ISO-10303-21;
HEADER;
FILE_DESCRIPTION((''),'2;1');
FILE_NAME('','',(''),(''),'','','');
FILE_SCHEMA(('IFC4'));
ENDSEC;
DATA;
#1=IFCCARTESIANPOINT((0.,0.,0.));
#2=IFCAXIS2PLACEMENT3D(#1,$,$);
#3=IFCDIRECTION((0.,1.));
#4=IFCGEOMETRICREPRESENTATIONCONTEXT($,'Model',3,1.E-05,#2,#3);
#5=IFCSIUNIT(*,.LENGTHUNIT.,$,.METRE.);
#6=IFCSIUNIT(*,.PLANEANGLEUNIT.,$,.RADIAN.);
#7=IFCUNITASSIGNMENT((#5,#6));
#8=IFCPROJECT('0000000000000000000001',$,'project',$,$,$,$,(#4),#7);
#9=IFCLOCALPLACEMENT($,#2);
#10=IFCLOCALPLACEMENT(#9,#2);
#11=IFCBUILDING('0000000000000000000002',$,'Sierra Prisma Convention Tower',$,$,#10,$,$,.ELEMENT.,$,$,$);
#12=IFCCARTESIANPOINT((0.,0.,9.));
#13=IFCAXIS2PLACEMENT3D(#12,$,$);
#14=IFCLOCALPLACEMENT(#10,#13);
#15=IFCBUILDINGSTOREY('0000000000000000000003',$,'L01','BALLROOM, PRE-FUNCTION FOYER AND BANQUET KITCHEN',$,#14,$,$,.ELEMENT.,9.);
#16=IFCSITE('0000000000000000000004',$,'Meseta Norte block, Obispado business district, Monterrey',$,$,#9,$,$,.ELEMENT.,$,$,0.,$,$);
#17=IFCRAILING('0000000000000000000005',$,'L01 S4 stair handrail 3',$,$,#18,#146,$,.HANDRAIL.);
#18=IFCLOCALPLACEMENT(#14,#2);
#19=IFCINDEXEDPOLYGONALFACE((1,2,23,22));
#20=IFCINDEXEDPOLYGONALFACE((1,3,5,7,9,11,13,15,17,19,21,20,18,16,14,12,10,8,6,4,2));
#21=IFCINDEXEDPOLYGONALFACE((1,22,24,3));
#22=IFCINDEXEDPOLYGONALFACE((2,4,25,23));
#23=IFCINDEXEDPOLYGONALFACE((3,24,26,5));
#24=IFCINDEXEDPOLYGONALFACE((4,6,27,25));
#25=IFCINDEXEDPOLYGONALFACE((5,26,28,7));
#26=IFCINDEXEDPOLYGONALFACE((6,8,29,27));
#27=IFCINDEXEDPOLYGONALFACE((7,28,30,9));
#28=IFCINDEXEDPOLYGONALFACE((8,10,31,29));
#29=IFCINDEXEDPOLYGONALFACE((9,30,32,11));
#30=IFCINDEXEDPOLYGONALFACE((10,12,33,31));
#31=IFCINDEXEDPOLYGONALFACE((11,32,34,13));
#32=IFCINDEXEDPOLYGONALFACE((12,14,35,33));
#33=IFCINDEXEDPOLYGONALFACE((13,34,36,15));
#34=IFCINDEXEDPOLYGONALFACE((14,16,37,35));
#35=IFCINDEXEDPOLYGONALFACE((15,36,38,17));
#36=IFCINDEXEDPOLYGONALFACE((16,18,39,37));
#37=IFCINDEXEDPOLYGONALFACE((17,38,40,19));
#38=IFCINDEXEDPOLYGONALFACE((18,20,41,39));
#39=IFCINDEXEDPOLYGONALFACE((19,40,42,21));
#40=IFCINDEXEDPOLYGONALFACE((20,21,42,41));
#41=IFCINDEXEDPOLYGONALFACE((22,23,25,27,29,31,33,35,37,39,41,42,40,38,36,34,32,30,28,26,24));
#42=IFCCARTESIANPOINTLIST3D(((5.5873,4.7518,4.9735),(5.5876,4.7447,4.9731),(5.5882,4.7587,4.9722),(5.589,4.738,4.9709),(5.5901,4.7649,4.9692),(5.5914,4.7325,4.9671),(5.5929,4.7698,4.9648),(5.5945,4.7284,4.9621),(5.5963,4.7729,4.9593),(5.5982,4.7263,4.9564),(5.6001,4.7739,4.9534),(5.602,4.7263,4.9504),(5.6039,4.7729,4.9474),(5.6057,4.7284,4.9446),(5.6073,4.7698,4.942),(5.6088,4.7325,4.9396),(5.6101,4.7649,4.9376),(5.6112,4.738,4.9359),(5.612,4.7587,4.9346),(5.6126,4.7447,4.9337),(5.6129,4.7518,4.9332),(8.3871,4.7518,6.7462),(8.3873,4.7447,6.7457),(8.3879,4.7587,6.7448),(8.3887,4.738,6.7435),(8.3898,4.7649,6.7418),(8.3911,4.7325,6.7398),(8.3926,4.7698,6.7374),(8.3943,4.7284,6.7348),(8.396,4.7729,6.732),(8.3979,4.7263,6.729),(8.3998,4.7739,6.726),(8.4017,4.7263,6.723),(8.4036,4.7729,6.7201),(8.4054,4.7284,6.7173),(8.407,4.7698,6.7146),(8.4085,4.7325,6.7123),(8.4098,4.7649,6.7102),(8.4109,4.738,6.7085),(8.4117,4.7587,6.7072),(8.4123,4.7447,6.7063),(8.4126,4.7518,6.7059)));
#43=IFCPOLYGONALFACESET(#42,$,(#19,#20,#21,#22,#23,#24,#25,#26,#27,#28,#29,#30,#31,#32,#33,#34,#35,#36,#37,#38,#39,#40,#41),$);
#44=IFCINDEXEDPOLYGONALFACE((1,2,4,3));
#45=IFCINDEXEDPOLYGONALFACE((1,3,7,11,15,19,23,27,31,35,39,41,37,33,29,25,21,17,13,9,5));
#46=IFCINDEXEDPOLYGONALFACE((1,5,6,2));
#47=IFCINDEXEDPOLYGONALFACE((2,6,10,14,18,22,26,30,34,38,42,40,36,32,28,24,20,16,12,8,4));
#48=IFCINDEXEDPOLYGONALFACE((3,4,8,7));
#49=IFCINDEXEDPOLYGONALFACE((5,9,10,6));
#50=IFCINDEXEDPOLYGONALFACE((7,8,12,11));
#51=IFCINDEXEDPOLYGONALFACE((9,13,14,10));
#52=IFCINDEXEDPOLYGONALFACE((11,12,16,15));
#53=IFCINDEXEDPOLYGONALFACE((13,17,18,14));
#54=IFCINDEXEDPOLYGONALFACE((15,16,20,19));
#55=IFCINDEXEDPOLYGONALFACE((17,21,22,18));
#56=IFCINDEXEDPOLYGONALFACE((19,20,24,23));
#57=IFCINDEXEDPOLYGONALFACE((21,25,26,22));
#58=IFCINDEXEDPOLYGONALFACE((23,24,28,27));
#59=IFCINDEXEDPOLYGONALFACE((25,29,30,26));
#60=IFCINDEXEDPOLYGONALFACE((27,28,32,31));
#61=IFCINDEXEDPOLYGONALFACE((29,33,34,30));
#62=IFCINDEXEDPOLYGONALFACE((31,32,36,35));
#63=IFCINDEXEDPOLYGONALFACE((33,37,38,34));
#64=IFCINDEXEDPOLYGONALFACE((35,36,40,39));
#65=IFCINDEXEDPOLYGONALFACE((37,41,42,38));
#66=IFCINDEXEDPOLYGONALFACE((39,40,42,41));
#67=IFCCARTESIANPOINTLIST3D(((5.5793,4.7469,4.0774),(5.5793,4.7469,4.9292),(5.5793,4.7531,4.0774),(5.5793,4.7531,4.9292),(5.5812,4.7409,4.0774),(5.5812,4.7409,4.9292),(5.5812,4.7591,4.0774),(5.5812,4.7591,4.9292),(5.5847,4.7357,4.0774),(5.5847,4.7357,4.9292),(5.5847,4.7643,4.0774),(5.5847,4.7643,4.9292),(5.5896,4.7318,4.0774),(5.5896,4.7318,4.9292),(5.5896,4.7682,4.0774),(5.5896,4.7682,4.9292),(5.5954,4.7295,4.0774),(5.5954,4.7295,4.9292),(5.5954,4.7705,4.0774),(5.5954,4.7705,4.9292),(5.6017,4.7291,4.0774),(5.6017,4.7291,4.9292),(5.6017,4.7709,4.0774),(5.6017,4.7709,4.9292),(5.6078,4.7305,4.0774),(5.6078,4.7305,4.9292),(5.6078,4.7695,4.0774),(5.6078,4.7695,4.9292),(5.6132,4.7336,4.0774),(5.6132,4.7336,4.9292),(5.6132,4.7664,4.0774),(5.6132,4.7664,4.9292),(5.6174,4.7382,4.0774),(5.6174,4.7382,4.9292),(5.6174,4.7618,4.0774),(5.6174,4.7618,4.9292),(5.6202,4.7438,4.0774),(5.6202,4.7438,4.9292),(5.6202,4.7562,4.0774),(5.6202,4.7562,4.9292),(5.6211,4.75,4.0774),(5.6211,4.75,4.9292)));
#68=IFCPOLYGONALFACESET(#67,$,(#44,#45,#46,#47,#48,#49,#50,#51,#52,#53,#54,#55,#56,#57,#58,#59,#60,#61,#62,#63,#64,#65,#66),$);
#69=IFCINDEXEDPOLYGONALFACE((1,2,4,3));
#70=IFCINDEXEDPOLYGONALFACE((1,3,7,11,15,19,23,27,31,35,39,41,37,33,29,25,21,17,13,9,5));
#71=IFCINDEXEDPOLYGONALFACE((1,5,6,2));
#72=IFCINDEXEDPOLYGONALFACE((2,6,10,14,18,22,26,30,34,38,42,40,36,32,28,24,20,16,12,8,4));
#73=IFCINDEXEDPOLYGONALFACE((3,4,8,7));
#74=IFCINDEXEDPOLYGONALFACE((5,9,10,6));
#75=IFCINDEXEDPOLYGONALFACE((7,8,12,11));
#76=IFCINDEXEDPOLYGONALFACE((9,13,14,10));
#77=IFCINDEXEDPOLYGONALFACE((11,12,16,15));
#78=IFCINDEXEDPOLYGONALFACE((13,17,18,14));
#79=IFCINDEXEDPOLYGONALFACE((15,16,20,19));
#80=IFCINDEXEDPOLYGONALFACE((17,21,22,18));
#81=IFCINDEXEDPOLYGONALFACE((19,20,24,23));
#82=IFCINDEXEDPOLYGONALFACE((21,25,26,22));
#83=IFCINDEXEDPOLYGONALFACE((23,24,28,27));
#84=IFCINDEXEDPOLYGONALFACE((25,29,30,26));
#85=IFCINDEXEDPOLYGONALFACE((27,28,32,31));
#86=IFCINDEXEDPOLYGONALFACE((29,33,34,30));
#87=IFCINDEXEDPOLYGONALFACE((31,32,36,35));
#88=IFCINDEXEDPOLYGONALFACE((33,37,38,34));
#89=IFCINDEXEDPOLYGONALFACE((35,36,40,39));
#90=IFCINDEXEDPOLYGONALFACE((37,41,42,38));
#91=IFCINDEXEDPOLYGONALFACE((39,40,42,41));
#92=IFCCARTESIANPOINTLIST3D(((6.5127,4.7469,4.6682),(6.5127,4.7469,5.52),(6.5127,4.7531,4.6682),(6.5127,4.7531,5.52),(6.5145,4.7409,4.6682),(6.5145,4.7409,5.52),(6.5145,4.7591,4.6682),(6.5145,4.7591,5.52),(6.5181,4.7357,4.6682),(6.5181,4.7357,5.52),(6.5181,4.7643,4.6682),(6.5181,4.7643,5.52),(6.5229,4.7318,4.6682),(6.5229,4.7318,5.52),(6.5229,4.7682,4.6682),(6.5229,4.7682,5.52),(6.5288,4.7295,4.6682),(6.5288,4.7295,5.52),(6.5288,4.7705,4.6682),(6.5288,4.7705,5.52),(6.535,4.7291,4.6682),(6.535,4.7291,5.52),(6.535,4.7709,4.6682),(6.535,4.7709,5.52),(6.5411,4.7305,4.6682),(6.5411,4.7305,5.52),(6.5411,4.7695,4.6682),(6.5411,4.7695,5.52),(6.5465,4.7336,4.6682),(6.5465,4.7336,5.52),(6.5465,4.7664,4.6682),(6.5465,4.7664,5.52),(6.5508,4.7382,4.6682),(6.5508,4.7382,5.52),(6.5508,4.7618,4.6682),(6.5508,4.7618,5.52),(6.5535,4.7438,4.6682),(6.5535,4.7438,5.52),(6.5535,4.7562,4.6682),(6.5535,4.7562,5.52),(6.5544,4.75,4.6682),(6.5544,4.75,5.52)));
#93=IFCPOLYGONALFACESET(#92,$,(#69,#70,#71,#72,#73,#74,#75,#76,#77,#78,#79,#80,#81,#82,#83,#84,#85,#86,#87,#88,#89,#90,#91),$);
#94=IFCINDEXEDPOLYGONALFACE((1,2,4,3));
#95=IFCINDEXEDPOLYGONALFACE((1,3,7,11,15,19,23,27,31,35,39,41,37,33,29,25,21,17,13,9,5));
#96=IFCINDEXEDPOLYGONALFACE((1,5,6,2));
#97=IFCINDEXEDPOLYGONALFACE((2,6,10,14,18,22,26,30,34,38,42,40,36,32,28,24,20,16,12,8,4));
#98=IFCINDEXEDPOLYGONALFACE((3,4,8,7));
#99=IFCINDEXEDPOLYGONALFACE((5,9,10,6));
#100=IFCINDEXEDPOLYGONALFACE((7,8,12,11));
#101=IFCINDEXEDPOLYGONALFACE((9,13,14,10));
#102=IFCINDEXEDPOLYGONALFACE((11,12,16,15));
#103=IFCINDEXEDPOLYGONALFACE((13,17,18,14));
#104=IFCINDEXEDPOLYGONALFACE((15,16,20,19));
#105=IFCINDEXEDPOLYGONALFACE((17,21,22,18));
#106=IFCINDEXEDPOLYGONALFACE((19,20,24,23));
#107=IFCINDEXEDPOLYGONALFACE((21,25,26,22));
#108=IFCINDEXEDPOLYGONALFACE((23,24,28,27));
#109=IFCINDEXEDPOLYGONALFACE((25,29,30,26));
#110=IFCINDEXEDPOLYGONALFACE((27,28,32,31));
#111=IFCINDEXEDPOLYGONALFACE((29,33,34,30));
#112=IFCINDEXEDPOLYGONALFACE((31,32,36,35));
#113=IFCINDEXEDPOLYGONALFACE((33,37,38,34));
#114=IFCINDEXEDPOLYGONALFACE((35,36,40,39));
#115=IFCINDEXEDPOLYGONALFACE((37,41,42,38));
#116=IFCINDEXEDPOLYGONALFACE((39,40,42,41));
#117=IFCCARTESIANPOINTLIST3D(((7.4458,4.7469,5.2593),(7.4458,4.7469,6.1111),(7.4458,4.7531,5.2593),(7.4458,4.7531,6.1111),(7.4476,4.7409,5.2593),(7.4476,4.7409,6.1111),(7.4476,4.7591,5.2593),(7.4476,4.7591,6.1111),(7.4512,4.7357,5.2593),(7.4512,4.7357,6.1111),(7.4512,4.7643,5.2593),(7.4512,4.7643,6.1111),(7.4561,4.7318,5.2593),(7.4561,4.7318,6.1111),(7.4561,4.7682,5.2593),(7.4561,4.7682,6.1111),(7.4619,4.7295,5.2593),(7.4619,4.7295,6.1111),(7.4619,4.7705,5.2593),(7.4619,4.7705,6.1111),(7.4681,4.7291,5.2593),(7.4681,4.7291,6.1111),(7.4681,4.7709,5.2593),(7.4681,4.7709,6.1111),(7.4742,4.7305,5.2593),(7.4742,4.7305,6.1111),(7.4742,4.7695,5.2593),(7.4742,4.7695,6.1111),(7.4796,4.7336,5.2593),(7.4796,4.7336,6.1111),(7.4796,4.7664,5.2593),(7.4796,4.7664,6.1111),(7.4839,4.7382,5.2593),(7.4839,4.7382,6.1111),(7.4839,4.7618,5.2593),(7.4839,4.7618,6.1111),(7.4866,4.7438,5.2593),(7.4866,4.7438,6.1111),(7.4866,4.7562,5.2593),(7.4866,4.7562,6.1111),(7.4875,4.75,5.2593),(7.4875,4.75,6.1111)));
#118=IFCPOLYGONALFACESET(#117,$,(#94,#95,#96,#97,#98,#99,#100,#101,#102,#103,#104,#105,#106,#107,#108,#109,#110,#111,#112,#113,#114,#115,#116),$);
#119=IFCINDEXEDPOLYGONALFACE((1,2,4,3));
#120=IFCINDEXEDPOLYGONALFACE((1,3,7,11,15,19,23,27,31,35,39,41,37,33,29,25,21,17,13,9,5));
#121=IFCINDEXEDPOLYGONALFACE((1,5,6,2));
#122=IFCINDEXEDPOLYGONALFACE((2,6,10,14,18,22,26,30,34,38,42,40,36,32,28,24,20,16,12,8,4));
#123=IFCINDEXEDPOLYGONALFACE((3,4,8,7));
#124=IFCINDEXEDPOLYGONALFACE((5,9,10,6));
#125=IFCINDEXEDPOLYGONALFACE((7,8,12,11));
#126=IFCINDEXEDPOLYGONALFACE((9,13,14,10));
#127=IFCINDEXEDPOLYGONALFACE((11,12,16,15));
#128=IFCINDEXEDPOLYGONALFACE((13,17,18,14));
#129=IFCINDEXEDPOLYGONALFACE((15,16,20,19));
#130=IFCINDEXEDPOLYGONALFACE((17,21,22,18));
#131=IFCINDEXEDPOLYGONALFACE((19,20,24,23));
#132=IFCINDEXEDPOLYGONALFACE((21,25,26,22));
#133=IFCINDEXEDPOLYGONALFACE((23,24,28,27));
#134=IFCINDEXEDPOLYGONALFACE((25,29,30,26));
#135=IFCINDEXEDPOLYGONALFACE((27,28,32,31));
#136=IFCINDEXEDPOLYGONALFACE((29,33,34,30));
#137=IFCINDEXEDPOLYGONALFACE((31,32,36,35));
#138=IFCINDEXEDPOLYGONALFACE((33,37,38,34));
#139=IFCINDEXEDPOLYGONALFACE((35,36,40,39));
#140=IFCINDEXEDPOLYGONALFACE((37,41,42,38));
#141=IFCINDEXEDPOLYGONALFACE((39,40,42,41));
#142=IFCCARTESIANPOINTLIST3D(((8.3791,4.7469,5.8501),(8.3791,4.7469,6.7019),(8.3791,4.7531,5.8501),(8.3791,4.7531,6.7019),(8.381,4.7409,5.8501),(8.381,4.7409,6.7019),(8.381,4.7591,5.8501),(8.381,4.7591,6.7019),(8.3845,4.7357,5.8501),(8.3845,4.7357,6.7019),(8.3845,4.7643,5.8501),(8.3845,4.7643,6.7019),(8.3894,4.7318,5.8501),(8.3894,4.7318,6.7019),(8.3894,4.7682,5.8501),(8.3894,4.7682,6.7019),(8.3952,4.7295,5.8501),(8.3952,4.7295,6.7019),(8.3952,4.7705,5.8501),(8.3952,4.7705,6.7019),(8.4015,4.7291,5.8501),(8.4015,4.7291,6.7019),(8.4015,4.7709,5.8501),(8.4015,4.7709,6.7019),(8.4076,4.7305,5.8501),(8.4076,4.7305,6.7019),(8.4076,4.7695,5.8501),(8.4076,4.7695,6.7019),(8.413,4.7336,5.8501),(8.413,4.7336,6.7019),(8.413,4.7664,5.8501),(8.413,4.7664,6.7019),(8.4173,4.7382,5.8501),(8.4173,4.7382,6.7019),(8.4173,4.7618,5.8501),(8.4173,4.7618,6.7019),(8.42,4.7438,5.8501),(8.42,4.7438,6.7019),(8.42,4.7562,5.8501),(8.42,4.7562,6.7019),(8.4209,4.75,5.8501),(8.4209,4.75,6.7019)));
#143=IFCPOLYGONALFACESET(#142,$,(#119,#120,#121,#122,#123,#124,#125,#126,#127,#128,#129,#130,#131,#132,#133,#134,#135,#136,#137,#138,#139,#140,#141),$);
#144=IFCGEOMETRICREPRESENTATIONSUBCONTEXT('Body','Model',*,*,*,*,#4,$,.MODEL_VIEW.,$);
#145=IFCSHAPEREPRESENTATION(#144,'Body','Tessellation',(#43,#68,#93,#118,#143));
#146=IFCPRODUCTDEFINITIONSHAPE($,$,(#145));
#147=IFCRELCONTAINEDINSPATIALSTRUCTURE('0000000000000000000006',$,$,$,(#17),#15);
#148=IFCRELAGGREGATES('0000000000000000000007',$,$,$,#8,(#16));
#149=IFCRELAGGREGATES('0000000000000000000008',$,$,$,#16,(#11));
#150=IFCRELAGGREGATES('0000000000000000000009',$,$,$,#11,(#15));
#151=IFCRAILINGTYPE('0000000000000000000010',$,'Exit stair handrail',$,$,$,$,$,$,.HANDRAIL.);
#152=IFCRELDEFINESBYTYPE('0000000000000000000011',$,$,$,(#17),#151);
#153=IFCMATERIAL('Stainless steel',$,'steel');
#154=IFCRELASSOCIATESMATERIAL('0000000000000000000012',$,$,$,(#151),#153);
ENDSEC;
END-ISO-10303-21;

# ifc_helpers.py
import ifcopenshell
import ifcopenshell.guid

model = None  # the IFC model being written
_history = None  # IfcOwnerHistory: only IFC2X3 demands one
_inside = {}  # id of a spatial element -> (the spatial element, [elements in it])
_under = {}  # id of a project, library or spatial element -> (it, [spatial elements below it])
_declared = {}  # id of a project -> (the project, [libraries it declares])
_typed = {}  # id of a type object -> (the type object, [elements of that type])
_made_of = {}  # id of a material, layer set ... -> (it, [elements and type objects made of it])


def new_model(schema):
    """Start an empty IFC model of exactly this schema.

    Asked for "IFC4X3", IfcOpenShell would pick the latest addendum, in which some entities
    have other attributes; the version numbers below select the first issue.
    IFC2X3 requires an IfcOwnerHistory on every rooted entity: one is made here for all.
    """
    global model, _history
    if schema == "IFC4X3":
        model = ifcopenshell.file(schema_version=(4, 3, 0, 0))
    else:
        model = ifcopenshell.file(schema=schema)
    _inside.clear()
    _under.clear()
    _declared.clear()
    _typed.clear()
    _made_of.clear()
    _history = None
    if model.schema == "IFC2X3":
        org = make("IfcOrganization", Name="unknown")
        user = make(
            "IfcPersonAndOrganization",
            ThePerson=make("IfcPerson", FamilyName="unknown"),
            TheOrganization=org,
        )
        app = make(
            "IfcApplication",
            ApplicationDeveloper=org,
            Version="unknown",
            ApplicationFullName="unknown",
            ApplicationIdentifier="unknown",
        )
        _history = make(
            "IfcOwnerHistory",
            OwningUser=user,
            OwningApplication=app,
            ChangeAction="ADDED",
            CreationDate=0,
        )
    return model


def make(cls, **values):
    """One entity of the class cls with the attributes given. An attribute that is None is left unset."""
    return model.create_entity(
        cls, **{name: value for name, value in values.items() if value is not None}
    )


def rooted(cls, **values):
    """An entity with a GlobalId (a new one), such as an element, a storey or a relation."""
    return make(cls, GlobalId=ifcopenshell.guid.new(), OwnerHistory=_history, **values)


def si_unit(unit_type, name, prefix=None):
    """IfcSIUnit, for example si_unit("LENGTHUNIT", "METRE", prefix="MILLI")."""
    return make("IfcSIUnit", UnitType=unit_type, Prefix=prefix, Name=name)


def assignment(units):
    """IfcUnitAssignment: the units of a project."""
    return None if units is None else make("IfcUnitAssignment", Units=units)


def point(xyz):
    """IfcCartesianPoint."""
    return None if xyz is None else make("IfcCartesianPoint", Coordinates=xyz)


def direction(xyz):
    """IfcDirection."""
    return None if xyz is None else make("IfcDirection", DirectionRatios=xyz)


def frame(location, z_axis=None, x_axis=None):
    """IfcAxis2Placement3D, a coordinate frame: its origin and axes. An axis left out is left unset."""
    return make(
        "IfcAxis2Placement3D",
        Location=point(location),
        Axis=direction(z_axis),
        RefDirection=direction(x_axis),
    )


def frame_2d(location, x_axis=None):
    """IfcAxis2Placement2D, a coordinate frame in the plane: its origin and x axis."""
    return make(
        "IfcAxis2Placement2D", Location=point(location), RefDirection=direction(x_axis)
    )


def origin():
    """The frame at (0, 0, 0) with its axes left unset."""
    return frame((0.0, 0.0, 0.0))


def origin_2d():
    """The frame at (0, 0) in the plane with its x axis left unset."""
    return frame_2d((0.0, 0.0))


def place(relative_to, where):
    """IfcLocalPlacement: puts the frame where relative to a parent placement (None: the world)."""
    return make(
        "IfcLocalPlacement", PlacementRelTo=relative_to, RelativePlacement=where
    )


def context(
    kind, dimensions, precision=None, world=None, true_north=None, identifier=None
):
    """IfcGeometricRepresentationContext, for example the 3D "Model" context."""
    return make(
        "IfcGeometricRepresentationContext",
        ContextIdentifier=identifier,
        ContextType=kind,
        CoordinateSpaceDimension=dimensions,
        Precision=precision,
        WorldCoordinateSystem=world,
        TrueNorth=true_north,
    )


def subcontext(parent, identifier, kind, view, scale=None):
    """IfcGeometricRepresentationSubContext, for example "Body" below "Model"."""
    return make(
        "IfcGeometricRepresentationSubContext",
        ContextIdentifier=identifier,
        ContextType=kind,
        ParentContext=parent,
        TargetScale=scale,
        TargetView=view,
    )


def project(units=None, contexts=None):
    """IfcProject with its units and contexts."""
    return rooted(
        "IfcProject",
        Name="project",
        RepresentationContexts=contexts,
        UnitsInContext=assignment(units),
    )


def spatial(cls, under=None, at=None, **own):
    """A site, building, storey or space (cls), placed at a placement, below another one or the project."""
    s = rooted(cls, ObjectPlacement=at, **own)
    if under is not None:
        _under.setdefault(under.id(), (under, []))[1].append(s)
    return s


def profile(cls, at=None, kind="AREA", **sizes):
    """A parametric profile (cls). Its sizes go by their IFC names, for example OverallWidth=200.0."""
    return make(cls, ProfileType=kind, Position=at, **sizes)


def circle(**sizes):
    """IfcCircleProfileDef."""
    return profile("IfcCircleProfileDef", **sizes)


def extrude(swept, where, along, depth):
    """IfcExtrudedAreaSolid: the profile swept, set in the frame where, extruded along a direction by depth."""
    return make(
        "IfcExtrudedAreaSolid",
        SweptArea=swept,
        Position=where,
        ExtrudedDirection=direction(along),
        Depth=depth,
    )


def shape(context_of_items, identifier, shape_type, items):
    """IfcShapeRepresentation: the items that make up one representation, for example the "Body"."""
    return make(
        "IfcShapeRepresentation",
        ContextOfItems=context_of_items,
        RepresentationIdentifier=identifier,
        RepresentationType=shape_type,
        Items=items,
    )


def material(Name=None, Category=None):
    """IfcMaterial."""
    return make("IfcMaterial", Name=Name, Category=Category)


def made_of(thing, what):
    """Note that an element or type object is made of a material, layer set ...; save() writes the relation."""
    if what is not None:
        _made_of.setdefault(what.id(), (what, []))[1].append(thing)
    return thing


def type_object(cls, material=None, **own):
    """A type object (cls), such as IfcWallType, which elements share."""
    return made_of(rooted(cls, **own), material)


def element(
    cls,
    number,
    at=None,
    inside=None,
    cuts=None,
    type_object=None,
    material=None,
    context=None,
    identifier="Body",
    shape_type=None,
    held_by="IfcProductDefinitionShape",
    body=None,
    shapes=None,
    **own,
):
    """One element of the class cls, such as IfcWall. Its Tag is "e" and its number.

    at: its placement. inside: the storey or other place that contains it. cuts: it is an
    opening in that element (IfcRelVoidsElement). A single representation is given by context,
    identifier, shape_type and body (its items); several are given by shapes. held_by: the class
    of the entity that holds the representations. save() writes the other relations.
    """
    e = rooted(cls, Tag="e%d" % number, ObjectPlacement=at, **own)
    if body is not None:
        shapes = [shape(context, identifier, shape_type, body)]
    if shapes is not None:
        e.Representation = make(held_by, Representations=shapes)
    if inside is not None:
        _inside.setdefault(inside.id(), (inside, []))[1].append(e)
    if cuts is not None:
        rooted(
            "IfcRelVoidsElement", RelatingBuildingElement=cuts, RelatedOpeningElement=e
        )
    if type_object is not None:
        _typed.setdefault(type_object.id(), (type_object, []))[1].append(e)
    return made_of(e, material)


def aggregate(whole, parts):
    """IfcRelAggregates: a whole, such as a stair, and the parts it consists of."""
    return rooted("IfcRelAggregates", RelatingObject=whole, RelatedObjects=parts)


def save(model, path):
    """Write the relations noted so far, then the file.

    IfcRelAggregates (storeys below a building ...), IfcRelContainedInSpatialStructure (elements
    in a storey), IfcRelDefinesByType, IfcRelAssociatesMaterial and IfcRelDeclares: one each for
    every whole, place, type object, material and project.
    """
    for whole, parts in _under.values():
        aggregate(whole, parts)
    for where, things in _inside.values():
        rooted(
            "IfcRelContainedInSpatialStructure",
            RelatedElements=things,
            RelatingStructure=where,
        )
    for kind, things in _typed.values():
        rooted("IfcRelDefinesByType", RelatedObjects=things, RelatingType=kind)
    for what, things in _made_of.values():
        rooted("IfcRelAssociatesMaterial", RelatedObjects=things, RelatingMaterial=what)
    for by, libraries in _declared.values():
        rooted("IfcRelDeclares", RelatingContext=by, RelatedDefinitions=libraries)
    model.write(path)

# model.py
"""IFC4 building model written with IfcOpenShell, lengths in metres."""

from ifc_helpers import new_model, si_unit, direction, frame, origin, origin_2d, place, context, subcontext, project, spatial, circle, extrude, material, type_object, element, save


model = new_model("IFC4")

# Units and contexts
model_context = context("Model", 3, precision=1e-05, world=origin(), true_north=direction((0.0, 1.0)))
body_context = subcontext(model_context, "Body", "Model", "MODEL_VIEW")
ifc_project = project(units=[si_unit("LENGTHUNIT", "METRE"), si_unit("PLANEANGLEUNIT", "RADIAN")], contexts=[model_context])

# Site, building, storey
site_placement = place(None, origin())
site = spatial("IfcSite", under=ifc_project, at=site_placement, Name="Meseta Norte block, Obispado business district, Monterrey", CompositionType="ELEMENT", RefElevation=0.0)
building_placement = place(site_placement, origin())
building = spatial("IfcBuilding", under=site, at=building_placement, Name="Sierra Prisma Convention Tower", CompositionType="ELEMENT")
storey_placement = place(building_placement, frame((0.0, 0.0, 9.0)))
storey = spatial("IfcBuildingStorey", under=building, at=storey_placement, Name="L01", Description="BALLROOM, PRE-FUNCTION FOYER AND BANQUET KITCHEN", CompositionType="ELEMENT", Elevation=9.0)

# Railing
ifc_material_1 = material(Name="Stainless steel", Category="steel")
railing_type_1 = type_object("IfcRailingType", Name="Exit stair handrail", PredefinedType="HANDRAIL", material=ifc_material_1)
for number, where, name in (
    (1, (5.6001, 4.75, 4.0774), "L01 S4 stair handrail 3"),
):
    element("IfcRailing", number, at=place(storey_placement, frame(where)), inside=storey, type_object=railing_type_1, Name=name, PredefinedType="HANDRAIL", context=body_context, shape_type="SweptSolid", body=[
        extrude(circle(Radius=0.0239, at=origin_2d()), frame((0.0, 0.0, 0.876), z_axis=(0.844888, 0.0, 0.534943), x_axis=(0.0, 1.0, 0.0)), (0.0, 0.0, 1.0), 3.3137),
        extrude(circle(Radius=0.021, at=origin_2d()), origin(), (0.0, 0.0, 1.0), 0.8518),
        extrude(circle(Radius=0.021, at=origin_2d()), frame((0.9333, 0.0, 0.5908)), (0.0, 0.0, 1.0), 0.8518),
        extrude(circle(Radius=0.021, at=origin_2d()), frame((1.8665, 0.0, 1.1819)), (0.0, 0.0, 1.0), 0.8518),
        extrude(circle(Radius=0.021, at=origin_2d()), frame((2.7998, 0.0, 1.7727)), (0.0, 0.0, 1.0), 0.8518),
    ])

save(model, "model.ifc")
